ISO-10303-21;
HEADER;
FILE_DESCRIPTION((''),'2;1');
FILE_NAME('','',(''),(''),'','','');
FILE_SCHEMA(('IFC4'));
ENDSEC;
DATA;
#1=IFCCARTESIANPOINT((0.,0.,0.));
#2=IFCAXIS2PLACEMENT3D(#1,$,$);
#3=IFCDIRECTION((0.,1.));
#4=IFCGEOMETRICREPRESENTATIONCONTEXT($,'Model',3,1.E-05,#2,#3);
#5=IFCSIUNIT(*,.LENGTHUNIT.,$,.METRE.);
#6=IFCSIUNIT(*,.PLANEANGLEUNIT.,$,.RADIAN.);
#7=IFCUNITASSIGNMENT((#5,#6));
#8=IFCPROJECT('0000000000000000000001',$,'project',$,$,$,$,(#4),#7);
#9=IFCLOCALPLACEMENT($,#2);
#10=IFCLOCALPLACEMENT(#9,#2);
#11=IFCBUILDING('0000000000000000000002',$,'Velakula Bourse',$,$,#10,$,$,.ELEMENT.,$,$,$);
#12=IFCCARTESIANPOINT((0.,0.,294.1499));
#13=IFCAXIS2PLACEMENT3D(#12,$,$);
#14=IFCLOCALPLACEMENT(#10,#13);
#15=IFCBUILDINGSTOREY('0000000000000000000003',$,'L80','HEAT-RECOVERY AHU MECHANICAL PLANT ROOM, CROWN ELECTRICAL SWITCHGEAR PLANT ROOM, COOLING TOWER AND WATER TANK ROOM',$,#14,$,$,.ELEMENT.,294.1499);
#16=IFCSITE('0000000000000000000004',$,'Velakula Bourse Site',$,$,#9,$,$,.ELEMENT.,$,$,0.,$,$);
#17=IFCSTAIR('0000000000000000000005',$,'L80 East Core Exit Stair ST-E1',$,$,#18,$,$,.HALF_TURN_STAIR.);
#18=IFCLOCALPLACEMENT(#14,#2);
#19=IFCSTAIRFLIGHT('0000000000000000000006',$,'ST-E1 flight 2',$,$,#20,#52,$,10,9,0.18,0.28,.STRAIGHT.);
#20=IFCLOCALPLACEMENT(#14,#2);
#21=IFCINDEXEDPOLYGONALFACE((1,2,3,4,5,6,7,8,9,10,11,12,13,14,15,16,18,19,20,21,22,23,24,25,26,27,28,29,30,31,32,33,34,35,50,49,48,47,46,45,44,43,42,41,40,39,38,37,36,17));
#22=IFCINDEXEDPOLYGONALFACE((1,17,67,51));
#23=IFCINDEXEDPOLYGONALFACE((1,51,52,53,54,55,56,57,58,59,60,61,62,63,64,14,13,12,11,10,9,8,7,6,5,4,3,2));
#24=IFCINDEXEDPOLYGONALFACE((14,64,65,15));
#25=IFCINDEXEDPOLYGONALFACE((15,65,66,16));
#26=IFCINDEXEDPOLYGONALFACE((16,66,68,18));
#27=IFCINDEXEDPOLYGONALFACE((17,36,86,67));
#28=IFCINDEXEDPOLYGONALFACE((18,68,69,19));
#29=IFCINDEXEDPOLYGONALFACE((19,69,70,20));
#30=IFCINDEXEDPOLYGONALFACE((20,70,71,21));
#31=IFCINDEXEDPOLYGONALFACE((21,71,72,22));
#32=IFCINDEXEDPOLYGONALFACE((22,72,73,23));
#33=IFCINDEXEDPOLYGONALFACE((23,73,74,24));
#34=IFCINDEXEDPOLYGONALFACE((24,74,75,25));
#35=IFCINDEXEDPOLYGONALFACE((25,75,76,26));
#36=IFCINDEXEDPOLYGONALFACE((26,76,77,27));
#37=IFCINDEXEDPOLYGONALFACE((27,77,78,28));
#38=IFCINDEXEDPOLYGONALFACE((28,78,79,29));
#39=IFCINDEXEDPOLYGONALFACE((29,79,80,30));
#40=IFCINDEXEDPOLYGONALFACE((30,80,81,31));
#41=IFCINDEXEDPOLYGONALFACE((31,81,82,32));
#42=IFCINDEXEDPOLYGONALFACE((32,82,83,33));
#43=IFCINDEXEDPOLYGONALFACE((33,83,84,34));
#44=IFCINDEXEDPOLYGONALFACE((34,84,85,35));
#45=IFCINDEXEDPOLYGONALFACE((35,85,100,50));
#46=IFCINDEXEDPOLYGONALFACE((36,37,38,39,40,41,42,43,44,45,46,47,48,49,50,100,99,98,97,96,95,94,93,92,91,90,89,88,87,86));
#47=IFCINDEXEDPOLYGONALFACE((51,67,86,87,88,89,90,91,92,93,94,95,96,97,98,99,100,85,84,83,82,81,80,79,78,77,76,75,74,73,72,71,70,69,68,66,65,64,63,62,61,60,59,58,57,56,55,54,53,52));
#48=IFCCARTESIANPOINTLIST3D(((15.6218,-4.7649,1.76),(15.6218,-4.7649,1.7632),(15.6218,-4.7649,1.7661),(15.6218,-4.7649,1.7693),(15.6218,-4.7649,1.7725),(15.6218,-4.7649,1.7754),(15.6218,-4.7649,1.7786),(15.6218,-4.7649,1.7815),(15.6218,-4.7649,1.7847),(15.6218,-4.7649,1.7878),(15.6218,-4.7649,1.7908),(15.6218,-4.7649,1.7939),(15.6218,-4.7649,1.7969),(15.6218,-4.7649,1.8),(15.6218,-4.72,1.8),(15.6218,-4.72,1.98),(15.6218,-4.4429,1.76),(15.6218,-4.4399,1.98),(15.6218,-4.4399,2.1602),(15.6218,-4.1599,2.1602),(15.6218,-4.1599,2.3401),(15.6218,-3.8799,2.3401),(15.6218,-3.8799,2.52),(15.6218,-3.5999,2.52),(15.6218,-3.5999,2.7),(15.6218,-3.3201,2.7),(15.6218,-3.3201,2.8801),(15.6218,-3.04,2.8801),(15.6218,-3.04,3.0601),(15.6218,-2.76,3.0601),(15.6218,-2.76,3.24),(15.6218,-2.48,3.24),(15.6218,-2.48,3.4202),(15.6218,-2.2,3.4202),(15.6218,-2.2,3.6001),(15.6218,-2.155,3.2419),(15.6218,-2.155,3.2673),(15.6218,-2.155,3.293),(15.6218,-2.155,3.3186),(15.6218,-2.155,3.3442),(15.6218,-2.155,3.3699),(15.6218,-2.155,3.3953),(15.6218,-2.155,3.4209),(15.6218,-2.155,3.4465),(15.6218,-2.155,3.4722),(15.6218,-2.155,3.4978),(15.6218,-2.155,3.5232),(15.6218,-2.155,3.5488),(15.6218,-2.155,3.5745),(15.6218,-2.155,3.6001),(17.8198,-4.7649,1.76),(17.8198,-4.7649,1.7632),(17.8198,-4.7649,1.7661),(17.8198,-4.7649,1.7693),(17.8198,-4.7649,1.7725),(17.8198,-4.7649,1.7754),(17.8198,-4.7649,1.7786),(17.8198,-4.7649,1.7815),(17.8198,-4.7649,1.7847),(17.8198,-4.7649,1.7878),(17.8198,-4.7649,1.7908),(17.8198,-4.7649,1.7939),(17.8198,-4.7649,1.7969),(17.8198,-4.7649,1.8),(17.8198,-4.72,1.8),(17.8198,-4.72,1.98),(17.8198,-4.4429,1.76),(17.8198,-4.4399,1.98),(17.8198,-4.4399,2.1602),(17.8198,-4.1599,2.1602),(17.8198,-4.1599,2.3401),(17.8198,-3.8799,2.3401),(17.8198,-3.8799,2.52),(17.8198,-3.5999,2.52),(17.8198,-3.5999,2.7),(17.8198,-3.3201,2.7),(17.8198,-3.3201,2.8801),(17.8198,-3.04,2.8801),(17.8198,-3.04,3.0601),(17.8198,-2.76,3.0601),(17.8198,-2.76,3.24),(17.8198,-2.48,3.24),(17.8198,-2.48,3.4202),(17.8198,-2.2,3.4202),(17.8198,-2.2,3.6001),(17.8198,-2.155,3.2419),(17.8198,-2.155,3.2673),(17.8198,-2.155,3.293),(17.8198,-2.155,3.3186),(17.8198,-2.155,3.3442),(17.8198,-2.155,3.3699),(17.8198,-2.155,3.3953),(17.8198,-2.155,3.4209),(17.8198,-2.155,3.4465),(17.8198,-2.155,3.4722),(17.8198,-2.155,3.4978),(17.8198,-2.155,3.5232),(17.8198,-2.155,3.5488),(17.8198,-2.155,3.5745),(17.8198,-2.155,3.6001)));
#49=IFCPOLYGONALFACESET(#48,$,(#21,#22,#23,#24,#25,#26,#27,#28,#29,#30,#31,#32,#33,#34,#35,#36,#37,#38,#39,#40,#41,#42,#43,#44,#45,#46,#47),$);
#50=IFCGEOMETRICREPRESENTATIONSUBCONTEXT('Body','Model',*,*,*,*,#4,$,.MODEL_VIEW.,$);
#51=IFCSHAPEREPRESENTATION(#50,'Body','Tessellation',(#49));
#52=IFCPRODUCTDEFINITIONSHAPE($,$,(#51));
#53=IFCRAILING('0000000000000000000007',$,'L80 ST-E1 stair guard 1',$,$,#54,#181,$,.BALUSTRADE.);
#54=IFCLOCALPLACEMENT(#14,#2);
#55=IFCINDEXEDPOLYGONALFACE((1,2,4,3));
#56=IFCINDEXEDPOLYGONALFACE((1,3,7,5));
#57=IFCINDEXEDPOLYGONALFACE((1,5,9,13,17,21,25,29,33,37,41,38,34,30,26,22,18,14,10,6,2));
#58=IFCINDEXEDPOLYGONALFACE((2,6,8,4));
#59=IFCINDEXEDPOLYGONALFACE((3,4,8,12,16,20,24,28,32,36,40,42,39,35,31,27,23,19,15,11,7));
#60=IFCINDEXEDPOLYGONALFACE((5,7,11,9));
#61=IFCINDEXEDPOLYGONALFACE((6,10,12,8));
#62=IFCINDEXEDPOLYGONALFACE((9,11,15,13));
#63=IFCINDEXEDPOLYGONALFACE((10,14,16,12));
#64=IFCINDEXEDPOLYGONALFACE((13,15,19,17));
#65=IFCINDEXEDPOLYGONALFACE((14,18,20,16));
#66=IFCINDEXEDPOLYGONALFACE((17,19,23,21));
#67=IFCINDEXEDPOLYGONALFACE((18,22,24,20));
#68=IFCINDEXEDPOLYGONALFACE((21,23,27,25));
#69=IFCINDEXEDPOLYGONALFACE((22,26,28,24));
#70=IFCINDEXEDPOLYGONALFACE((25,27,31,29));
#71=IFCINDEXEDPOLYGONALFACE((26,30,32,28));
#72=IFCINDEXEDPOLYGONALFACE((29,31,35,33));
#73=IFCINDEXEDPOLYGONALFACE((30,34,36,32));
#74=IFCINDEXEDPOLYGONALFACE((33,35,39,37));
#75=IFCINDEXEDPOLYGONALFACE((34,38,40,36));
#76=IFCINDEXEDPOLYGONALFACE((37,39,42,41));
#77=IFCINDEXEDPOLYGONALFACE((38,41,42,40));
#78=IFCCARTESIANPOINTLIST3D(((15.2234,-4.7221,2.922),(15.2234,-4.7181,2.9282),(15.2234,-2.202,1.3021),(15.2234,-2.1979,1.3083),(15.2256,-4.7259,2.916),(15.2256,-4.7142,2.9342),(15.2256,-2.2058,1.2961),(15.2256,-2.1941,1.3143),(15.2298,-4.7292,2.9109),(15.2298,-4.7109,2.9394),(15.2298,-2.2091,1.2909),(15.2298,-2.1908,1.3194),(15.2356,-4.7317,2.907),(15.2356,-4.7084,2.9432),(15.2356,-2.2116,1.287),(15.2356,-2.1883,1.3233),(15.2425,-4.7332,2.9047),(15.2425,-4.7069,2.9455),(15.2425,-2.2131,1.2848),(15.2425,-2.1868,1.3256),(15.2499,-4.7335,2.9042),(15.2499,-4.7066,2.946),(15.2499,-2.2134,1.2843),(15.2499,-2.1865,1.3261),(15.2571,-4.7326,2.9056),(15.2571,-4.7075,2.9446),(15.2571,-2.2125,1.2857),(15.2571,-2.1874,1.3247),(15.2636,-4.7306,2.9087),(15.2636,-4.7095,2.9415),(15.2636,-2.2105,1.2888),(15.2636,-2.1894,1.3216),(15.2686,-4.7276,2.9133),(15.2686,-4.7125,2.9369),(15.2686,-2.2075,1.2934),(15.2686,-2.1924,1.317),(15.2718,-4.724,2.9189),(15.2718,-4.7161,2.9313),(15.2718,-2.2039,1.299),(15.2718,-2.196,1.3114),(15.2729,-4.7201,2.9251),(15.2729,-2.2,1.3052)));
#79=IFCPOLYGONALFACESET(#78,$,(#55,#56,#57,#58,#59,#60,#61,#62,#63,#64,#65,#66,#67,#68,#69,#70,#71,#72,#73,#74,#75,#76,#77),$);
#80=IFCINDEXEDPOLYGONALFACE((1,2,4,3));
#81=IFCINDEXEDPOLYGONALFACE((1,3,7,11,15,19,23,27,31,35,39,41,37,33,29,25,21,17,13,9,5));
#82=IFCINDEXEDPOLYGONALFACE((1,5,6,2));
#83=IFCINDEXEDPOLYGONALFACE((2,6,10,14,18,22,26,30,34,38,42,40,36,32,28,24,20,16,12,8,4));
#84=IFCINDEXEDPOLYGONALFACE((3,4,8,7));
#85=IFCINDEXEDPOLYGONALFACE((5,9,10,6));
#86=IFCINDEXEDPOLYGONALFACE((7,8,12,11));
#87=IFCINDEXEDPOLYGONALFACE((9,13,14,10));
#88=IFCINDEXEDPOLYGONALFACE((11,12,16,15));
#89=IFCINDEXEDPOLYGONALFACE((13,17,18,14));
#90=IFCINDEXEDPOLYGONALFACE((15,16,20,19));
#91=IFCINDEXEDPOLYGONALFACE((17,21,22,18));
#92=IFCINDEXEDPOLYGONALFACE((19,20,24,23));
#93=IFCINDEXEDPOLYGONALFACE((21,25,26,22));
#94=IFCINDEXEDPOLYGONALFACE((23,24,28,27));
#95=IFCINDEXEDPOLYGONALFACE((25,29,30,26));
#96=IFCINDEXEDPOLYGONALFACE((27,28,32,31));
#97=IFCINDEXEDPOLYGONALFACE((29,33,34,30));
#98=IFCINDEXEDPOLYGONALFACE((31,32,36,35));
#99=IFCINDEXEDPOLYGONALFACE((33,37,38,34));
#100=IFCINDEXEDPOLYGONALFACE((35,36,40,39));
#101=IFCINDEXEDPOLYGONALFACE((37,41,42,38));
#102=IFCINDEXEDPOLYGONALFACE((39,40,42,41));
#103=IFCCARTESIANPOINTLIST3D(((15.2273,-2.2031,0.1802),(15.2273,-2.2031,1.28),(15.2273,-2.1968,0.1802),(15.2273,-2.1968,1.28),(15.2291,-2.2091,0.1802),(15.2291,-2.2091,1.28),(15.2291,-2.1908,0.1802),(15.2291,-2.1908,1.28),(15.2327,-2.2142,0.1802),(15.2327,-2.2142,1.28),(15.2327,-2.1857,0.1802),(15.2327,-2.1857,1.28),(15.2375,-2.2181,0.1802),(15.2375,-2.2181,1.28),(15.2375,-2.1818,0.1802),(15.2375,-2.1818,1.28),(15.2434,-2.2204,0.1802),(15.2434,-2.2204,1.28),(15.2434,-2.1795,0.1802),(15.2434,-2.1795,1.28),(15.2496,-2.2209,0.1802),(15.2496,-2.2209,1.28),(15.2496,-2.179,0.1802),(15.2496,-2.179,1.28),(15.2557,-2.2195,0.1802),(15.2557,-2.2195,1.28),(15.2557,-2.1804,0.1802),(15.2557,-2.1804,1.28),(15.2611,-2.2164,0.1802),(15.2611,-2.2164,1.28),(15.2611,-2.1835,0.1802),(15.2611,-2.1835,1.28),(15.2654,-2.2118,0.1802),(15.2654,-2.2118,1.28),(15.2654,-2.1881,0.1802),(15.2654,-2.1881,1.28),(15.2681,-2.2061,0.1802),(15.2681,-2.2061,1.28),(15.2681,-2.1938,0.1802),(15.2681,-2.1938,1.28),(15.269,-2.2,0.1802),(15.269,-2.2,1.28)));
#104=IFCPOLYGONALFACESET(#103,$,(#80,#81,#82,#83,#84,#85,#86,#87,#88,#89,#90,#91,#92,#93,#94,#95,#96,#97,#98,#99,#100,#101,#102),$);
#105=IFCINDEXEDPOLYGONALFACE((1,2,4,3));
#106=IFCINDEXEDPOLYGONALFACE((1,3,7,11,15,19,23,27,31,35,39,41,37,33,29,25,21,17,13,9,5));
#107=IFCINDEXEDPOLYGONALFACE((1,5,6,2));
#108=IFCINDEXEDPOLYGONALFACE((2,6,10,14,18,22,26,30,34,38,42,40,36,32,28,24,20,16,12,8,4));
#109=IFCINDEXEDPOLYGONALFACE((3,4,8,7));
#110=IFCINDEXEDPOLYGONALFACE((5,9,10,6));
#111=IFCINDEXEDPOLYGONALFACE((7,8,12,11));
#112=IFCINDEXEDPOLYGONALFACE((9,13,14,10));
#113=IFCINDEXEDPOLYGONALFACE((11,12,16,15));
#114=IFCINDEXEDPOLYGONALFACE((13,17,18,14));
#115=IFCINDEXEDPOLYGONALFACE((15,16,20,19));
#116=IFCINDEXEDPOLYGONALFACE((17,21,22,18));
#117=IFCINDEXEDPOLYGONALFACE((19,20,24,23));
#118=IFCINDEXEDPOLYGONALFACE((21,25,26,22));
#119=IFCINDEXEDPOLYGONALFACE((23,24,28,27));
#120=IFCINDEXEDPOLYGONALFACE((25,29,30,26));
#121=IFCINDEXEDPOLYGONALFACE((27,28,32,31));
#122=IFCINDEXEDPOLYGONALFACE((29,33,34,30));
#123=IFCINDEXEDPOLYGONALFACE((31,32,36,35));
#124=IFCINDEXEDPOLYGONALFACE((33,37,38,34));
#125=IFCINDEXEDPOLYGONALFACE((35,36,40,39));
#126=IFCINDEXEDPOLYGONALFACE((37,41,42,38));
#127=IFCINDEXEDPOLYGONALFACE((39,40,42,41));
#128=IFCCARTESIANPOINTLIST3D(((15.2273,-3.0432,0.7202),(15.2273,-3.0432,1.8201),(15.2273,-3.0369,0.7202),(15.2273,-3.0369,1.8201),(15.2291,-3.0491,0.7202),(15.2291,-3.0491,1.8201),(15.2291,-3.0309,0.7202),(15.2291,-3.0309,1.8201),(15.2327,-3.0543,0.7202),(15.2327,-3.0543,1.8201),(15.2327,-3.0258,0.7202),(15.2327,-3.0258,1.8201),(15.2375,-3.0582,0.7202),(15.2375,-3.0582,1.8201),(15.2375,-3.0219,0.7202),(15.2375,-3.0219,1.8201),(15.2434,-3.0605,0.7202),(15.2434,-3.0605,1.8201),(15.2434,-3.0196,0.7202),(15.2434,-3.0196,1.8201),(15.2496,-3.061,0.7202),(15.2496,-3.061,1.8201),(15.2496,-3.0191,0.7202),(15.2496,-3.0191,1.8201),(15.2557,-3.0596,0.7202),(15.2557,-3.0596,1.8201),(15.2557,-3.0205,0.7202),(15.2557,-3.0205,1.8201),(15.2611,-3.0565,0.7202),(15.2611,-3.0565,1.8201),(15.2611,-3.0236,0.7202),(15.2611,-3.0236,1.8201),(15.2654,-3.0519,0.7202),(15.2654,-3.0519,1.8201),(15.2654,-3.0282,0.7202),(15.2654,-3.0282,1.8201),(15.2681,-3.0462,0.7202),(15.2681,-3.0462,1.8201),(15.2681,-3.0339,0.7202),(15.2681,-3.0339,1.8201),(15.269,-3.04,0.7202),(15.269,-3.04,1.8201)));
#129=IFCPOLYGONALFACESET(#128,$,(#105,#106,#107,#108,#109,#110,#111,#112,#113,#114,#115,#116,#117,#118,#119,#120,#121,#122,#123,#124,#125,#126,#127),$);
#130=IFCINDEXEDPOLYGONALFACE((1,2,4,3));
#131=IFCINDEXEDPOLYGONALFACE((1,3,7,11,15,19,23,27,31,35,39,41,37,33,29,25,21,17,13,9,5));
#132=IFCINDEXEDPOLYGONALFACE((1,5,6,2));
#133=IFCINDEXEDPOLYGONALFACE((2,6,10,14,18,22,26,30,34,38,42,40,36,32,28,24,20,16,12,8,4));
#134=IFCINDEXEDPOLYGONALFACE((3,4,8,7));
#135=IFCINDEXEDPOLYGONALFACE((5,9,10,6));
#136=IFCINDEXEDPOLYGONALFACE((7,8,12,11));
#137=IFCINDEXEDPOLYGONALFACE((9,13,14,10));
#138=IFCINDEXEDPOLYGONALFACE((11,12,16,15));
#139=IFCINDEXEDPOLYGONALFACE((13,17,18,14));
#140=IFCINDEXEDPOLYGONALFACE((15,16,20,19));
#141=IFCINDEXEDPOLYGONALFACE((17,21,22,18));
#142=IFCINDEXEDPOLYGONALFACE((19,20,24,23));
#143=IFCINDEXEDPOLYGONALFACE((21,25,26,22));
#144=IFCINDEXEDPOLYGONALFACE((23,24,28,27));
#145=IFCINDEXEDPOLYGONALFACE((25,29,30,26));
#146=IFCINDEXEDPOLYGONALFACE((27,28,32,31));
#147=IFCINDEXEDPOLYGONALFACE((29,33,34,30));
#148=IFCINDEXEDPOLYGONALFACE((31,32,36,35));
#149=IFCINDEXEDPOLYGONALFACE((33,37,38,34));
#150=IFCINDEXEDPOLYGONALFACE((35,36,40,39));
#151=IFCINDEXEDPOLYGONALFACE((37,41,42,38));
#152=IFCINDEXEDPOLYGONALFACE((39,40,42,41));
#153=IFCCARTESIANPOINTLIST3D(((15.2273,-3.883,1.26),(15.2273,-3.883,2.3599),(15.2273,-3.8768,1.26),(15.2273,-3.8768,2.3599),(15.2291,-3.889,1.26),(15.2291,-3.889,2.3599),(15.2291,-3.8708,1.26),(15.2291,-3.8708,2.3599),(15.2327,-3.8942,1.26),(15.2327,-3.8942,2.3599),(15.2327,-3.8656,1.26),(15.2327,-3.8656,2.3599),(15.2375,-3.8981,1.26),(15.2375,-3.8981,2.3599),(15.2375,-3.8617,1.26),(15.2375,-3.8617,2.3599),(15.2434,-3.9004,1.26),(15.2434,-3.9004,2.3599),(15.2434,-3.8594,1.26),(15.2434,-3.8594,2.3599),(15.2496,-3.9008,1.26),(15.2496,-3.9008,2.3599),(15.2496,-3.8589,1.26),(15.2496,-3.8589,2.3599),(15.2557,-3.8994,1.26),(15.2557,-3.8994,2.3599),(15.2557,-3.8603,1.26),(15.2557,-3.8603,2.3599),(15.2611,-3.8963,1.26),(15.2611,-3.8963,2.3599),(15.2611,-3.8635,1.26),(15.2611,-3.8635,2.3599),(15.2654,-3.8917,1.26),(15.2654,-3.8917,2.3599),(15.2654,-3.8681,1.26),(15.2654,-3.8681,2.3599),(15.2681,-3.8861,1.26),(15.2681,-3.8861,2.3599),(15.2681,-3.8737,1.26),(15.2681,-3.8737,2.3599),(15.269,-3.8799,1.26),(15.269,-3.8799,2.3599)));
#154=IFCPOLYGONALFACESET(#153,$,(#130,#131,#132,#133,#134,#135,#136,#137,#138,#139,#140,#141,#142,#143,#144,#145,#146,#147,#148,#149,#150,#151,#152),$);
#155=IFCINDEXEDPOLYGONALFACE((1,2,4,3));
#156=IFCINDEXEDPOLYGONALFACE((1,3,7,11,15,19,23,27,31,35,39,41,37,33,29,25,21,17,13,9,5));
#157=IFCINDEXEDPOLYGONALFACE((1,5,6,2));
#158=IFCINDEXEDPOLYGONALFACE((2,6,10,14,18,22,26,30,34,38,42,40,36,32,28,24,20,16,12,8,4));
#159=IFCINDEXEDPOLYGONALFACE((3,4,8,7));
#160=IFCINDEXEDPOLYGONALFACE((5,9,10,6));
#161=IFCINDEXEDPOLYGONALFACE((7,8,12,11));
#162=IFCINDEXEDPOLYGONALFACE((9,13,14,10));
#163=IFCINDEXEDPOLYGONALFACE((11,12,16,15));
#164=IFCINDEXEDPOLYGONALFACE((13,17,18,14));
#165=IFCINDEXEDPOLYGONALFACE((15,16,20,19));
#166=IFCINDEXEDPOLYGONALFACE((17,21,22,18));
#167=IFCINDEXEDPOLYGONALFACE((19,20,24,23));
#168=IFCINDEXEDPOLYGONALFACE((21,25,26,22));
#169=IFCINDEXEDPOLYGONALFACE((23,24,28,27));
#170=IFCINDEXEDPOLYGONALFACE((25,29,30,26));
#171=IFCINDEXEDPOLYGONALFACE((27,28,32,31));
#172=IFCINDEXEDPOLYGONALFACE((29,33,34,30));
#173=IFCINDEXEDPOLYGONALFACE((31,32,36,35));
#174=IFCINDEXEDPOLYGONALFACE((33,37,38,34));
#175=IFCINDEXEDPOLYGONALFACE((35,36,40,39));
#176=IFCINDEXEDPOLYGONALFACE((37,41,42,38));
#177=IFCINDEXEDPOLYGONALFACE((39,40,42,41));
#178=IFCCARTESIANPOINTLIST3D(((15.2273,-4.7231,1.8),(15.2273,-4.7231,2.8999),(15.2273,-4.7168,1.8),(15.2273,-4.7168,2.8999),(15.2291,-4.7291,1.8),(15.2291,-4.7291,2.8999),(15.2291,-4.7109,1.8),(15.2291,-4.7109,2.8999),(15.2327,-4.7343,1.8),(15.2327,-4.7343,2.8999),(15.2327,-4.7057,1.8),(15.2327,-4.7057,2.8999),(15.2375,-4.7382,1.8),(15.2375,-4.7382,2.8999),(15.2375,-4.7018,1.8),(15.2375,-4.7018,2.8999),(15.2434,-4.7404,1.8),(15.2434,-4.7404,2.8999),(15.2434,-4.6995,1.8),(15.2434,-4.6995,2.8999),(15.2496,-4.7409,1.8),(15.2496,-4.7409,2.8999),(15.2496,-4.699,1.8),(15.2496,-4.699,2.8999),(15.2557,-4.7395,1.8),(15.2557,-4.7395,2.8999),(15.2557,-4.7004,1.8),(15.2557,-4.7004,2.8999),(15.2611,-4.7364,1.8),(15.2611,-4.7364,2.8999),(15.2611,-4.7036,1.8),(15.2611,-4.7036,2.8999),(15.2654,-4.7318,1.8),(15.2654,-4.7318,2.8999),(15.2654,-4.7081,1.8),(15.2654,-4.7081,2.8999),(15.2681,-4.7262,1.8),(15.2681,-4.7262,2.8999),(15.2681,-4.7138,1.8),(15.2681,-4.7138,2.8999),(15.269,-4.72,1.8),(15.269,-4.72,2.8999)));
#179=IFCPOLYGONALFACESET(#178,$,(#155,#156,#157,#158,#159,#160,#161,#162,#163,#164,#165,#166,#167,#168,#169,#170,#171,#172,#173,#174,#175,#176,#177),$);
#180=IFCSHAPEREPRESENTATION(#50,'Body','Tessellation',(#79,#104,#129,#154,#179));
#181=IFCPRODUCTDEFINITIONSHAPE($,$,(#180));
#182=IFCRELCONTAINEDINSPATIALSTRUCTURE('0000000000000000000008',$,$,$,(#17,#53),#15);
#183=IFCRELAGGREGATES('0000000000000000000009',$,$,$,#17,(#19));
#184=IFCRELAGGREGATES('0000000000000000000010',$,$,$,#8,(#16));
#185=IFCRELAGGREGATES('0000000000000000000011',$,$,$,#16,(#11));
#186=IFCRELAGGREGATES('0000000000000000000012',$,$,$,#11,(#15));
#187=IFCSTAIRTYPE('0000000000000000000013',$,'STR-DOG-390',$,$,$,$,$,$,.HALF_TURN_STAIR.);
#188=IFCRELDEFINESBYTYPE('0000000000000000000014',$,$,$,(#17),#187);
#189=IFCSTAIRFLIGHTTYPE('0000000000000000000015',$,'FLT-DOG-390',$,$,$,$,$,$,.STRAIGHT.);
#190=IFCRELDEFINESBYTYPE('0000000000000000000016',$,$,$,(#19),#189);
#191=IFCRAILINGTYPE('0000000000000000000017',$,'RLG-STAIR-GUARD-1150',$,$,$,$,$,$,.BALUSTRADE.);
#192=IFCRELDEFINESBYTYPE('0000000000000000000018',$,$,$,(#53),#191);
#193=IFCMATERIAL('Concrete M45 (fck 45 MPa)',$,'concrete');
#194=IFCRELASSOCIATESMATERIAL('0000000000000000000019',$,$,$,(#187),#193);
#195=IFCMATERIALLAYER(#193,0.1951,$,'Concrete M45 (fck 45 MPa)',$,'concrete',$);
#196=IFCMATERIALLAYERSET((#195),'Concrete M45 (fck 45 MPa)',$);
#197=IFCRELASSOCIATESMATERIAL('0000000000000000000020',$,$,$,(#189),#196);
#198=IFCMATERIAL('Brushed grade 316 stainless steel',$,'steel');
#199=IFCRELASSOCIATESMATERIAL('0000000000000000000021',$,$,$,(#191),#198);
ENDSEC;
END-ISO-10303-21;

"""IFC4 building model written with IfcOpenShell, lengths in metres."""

from ifc_helpers import new_model, si_unit, direction, frame, origin, origin_2d, place, context, subcontext, project, spatial, polyline, circle, outline, extrude, material, layer, layer_set, type_object, element, aggregate, save


model = new_model("IFC4")

# Units and contexts
model_context = context("Model", 3, precision=1e-05, world=origin(), true_north=direction((0.0, 1.0)))
body_context = subcontext(model_context, "Body", "Model", "MODEL_VIEW")
ifc_project = project(units=[si_unit("LENGTHUNIT", "METRE"), si_unit("PLANEANGLEUNIT", "RADIAN")], contexts=[model_context])

# Site, building, storey
site_placement = place(None, origin())
site = spatial("IfcSite", under=ifc_project, at=site_placement, Name="Velakula Bourse Site", CompositionType="ELEMENT", RefElevation=0.0)
building_placement = place(site_placement, origin())
building = spatial("IfcBuilding", under=site, at=building_placement, Name="Velakula Bourse", CompositionType="ELEMENT")
storey_placement = place(building_placement, frame((0.0, 0.0, 294.1499)))
storey = spatial("IfcBuildingStorey", under=building, at=storey_placement, Name="L80", Description="HEAT-RECOVERY AHU MECHANICAL PLANT ROOM, CROWN ELECTRICAL SWITCHGEAR PLANT ROOM, COOLING TOWER AND WATER TANK ROOM", CompositionType="ELEMENT", Elevation=294.1499)

# Shared definitions
ifc_material_1 = material(Name="Brushed grade 316 stainless steel", Category="steel")

# Stair, stair flight
ifc_material_2 = material(Name="Concrete M45 (fck 45 MPa)", Category="concrete")
stair_type = type_object("IfcStairType", Name="STR-DOG-390", PredefinedType="HALF_TURN_STAIR", material=ifc_material_2)
stair_placement = place(storey_placement, origin())
stair = element("IfcStair", 1, at=stair_placement, inside=storey, type_object=stair_type, Name="L80 East Core Exit Stair ST-E1", PredefinedType="HALF_TURN_STAIR")
ifc_layer_1 = layer(ifc_material_2, 0.1951, Name="Concrete M45 (fck 45 MPa)", Category="concrete")
ifc_layer_set_1 = layer_set([ifc_layer_1], Name="Concrete M45 (fck 45 MPa)")
stair_flight_type = type_object("IfcStairFlightType", Name="FLT-DOG-390", PredefinedType="STRAIGHT", material=ifc_layer_set_1)
stair_flight_1_placement = place(storey_placement, frame((16.7209, -4.72, 1.8), z_axis=(0.0, 0.0, 1.0), x_axis=(0.0, 1.0, 0.0)))
stair_flight_1 = element("IfcStairFlight", 2, at=stair_flight_1_placement, type_object=stair_flight_type, Name="ST-E1 flight 2", NumberOfRisers=10, NumberOfTreads=9, PredefinedType="STRAIGHT", RiserHeight=0.18, TreadLength=0.28, context=body_context, shape_type="SweptSolid", body=[
    extrude(outline(polyline([(-0.0449, -0.04), (-0.0449, -0.0369), (-0.0449, -0.0339), (-0.0449, -0.0308), (-0.0449, -0.0276), (-0.0449, -0.0247), (-0.0449, -0.0215), (-0.0449, -0.0186), (-0.0449, -0.0154), (-0.0449, -0.0122), (-0.0449, -0.0093), (-0.0449, -0.0061), (-0.0449, -0.0032), (-0.0449, 0.0), (0.0, 0.0), (0.0, 0.1799), (0.28, 0.1799), (0.28, 0.3601), (0.5601, 0.3601), (0.5601, 0.54), (0.8401, 0.54), (0.8401, 0.72), (1.1201, 0.72), (1.1201, 0.8999), (1.3999, 0.8999), (1.3999, 1.0801), (1.6799, 1.0801), (1.6799, 1.26), (1.96, 1.26), (1.96, 1.4399), (2.24, 1.4399), (2.24, 1.6201), (2.52, 1.6201), (2.52, 1.8), (2.5649, 1.8), (2.5649, 1.7744), (2.5649, 1.7488), (2.5649, 1.7231), (2.5649, 1.6978), (2.5649, 1.6721), (2.5649, 1.6465), (2.5649, 1.6208), (2.5649, 1.5952), (2.5649, 1.5698), (2.5649, 1.5442), (2.5649, 1.5186), (2.5649, 1.4929), (2.5649, 1.4673), (2.5649, 1.4419), (0.2771, -0.04), (-0.0449, -0.04)])), frame((0.0, 1.0991, 0.0), z_axis=(0.0, -1.0, 0.0), x_axis=(1.0, 0.0, 0.0)), (0.0, 0.0, 1.0), 2.198),
])
aggregate(stair, [stair_flight_1])

# Railing
railing_type_1 = type_object("IfcRailingType", Name="RLG-STAIR-GUARD-1150", PredefinedType="BALUSTRADE", material=ifc_material_1)
railing_1_placement = place(storey_placement, frame((15.248, -2.2, 0.1802)))
element("IfcRailing", 3, at=railing_1_placement, inside=storey, type_object=railing_type_1, Name="L80 ST-E1 stair guard 1", PredefinedType="BALUSTRADE", context=body_context, shape_type="SweptSolid", body=[
    extrude(circle(Radius=0.0249, at=origin_2d()), frame((0.0, 0.0, 1.125), z_axis=(0.0, -0.8412, 0.540725), x_axis=(1.0, 0.0, 0.0)), (0.0, 0.0, 1.0), 2.9958),
    extrude(circle(Radius=0.021, at=origin_2d()), origin(), (0.0, 0.0, 1.0), 1.0999),
    extrude(circle(Radius=0.021, at=origin_2d()), frame((0.0, -0.8401, 0.54)), (0.0, 0.0, 1.0), 1.0999),
    extrude(circle(Radius=0.021, at=origin_2d()), frame((0.0, -1.6799, 1.0798)), (0.0, 0.0, 1.0), 1.0999),
    extrude(circle(Radius=0.021, at=origin_2d()), frame((0.0, -2.52, 1.6199)), (0.0, 0.0, 1.0), 1.0999),
])

save(model, "model.ifc")
